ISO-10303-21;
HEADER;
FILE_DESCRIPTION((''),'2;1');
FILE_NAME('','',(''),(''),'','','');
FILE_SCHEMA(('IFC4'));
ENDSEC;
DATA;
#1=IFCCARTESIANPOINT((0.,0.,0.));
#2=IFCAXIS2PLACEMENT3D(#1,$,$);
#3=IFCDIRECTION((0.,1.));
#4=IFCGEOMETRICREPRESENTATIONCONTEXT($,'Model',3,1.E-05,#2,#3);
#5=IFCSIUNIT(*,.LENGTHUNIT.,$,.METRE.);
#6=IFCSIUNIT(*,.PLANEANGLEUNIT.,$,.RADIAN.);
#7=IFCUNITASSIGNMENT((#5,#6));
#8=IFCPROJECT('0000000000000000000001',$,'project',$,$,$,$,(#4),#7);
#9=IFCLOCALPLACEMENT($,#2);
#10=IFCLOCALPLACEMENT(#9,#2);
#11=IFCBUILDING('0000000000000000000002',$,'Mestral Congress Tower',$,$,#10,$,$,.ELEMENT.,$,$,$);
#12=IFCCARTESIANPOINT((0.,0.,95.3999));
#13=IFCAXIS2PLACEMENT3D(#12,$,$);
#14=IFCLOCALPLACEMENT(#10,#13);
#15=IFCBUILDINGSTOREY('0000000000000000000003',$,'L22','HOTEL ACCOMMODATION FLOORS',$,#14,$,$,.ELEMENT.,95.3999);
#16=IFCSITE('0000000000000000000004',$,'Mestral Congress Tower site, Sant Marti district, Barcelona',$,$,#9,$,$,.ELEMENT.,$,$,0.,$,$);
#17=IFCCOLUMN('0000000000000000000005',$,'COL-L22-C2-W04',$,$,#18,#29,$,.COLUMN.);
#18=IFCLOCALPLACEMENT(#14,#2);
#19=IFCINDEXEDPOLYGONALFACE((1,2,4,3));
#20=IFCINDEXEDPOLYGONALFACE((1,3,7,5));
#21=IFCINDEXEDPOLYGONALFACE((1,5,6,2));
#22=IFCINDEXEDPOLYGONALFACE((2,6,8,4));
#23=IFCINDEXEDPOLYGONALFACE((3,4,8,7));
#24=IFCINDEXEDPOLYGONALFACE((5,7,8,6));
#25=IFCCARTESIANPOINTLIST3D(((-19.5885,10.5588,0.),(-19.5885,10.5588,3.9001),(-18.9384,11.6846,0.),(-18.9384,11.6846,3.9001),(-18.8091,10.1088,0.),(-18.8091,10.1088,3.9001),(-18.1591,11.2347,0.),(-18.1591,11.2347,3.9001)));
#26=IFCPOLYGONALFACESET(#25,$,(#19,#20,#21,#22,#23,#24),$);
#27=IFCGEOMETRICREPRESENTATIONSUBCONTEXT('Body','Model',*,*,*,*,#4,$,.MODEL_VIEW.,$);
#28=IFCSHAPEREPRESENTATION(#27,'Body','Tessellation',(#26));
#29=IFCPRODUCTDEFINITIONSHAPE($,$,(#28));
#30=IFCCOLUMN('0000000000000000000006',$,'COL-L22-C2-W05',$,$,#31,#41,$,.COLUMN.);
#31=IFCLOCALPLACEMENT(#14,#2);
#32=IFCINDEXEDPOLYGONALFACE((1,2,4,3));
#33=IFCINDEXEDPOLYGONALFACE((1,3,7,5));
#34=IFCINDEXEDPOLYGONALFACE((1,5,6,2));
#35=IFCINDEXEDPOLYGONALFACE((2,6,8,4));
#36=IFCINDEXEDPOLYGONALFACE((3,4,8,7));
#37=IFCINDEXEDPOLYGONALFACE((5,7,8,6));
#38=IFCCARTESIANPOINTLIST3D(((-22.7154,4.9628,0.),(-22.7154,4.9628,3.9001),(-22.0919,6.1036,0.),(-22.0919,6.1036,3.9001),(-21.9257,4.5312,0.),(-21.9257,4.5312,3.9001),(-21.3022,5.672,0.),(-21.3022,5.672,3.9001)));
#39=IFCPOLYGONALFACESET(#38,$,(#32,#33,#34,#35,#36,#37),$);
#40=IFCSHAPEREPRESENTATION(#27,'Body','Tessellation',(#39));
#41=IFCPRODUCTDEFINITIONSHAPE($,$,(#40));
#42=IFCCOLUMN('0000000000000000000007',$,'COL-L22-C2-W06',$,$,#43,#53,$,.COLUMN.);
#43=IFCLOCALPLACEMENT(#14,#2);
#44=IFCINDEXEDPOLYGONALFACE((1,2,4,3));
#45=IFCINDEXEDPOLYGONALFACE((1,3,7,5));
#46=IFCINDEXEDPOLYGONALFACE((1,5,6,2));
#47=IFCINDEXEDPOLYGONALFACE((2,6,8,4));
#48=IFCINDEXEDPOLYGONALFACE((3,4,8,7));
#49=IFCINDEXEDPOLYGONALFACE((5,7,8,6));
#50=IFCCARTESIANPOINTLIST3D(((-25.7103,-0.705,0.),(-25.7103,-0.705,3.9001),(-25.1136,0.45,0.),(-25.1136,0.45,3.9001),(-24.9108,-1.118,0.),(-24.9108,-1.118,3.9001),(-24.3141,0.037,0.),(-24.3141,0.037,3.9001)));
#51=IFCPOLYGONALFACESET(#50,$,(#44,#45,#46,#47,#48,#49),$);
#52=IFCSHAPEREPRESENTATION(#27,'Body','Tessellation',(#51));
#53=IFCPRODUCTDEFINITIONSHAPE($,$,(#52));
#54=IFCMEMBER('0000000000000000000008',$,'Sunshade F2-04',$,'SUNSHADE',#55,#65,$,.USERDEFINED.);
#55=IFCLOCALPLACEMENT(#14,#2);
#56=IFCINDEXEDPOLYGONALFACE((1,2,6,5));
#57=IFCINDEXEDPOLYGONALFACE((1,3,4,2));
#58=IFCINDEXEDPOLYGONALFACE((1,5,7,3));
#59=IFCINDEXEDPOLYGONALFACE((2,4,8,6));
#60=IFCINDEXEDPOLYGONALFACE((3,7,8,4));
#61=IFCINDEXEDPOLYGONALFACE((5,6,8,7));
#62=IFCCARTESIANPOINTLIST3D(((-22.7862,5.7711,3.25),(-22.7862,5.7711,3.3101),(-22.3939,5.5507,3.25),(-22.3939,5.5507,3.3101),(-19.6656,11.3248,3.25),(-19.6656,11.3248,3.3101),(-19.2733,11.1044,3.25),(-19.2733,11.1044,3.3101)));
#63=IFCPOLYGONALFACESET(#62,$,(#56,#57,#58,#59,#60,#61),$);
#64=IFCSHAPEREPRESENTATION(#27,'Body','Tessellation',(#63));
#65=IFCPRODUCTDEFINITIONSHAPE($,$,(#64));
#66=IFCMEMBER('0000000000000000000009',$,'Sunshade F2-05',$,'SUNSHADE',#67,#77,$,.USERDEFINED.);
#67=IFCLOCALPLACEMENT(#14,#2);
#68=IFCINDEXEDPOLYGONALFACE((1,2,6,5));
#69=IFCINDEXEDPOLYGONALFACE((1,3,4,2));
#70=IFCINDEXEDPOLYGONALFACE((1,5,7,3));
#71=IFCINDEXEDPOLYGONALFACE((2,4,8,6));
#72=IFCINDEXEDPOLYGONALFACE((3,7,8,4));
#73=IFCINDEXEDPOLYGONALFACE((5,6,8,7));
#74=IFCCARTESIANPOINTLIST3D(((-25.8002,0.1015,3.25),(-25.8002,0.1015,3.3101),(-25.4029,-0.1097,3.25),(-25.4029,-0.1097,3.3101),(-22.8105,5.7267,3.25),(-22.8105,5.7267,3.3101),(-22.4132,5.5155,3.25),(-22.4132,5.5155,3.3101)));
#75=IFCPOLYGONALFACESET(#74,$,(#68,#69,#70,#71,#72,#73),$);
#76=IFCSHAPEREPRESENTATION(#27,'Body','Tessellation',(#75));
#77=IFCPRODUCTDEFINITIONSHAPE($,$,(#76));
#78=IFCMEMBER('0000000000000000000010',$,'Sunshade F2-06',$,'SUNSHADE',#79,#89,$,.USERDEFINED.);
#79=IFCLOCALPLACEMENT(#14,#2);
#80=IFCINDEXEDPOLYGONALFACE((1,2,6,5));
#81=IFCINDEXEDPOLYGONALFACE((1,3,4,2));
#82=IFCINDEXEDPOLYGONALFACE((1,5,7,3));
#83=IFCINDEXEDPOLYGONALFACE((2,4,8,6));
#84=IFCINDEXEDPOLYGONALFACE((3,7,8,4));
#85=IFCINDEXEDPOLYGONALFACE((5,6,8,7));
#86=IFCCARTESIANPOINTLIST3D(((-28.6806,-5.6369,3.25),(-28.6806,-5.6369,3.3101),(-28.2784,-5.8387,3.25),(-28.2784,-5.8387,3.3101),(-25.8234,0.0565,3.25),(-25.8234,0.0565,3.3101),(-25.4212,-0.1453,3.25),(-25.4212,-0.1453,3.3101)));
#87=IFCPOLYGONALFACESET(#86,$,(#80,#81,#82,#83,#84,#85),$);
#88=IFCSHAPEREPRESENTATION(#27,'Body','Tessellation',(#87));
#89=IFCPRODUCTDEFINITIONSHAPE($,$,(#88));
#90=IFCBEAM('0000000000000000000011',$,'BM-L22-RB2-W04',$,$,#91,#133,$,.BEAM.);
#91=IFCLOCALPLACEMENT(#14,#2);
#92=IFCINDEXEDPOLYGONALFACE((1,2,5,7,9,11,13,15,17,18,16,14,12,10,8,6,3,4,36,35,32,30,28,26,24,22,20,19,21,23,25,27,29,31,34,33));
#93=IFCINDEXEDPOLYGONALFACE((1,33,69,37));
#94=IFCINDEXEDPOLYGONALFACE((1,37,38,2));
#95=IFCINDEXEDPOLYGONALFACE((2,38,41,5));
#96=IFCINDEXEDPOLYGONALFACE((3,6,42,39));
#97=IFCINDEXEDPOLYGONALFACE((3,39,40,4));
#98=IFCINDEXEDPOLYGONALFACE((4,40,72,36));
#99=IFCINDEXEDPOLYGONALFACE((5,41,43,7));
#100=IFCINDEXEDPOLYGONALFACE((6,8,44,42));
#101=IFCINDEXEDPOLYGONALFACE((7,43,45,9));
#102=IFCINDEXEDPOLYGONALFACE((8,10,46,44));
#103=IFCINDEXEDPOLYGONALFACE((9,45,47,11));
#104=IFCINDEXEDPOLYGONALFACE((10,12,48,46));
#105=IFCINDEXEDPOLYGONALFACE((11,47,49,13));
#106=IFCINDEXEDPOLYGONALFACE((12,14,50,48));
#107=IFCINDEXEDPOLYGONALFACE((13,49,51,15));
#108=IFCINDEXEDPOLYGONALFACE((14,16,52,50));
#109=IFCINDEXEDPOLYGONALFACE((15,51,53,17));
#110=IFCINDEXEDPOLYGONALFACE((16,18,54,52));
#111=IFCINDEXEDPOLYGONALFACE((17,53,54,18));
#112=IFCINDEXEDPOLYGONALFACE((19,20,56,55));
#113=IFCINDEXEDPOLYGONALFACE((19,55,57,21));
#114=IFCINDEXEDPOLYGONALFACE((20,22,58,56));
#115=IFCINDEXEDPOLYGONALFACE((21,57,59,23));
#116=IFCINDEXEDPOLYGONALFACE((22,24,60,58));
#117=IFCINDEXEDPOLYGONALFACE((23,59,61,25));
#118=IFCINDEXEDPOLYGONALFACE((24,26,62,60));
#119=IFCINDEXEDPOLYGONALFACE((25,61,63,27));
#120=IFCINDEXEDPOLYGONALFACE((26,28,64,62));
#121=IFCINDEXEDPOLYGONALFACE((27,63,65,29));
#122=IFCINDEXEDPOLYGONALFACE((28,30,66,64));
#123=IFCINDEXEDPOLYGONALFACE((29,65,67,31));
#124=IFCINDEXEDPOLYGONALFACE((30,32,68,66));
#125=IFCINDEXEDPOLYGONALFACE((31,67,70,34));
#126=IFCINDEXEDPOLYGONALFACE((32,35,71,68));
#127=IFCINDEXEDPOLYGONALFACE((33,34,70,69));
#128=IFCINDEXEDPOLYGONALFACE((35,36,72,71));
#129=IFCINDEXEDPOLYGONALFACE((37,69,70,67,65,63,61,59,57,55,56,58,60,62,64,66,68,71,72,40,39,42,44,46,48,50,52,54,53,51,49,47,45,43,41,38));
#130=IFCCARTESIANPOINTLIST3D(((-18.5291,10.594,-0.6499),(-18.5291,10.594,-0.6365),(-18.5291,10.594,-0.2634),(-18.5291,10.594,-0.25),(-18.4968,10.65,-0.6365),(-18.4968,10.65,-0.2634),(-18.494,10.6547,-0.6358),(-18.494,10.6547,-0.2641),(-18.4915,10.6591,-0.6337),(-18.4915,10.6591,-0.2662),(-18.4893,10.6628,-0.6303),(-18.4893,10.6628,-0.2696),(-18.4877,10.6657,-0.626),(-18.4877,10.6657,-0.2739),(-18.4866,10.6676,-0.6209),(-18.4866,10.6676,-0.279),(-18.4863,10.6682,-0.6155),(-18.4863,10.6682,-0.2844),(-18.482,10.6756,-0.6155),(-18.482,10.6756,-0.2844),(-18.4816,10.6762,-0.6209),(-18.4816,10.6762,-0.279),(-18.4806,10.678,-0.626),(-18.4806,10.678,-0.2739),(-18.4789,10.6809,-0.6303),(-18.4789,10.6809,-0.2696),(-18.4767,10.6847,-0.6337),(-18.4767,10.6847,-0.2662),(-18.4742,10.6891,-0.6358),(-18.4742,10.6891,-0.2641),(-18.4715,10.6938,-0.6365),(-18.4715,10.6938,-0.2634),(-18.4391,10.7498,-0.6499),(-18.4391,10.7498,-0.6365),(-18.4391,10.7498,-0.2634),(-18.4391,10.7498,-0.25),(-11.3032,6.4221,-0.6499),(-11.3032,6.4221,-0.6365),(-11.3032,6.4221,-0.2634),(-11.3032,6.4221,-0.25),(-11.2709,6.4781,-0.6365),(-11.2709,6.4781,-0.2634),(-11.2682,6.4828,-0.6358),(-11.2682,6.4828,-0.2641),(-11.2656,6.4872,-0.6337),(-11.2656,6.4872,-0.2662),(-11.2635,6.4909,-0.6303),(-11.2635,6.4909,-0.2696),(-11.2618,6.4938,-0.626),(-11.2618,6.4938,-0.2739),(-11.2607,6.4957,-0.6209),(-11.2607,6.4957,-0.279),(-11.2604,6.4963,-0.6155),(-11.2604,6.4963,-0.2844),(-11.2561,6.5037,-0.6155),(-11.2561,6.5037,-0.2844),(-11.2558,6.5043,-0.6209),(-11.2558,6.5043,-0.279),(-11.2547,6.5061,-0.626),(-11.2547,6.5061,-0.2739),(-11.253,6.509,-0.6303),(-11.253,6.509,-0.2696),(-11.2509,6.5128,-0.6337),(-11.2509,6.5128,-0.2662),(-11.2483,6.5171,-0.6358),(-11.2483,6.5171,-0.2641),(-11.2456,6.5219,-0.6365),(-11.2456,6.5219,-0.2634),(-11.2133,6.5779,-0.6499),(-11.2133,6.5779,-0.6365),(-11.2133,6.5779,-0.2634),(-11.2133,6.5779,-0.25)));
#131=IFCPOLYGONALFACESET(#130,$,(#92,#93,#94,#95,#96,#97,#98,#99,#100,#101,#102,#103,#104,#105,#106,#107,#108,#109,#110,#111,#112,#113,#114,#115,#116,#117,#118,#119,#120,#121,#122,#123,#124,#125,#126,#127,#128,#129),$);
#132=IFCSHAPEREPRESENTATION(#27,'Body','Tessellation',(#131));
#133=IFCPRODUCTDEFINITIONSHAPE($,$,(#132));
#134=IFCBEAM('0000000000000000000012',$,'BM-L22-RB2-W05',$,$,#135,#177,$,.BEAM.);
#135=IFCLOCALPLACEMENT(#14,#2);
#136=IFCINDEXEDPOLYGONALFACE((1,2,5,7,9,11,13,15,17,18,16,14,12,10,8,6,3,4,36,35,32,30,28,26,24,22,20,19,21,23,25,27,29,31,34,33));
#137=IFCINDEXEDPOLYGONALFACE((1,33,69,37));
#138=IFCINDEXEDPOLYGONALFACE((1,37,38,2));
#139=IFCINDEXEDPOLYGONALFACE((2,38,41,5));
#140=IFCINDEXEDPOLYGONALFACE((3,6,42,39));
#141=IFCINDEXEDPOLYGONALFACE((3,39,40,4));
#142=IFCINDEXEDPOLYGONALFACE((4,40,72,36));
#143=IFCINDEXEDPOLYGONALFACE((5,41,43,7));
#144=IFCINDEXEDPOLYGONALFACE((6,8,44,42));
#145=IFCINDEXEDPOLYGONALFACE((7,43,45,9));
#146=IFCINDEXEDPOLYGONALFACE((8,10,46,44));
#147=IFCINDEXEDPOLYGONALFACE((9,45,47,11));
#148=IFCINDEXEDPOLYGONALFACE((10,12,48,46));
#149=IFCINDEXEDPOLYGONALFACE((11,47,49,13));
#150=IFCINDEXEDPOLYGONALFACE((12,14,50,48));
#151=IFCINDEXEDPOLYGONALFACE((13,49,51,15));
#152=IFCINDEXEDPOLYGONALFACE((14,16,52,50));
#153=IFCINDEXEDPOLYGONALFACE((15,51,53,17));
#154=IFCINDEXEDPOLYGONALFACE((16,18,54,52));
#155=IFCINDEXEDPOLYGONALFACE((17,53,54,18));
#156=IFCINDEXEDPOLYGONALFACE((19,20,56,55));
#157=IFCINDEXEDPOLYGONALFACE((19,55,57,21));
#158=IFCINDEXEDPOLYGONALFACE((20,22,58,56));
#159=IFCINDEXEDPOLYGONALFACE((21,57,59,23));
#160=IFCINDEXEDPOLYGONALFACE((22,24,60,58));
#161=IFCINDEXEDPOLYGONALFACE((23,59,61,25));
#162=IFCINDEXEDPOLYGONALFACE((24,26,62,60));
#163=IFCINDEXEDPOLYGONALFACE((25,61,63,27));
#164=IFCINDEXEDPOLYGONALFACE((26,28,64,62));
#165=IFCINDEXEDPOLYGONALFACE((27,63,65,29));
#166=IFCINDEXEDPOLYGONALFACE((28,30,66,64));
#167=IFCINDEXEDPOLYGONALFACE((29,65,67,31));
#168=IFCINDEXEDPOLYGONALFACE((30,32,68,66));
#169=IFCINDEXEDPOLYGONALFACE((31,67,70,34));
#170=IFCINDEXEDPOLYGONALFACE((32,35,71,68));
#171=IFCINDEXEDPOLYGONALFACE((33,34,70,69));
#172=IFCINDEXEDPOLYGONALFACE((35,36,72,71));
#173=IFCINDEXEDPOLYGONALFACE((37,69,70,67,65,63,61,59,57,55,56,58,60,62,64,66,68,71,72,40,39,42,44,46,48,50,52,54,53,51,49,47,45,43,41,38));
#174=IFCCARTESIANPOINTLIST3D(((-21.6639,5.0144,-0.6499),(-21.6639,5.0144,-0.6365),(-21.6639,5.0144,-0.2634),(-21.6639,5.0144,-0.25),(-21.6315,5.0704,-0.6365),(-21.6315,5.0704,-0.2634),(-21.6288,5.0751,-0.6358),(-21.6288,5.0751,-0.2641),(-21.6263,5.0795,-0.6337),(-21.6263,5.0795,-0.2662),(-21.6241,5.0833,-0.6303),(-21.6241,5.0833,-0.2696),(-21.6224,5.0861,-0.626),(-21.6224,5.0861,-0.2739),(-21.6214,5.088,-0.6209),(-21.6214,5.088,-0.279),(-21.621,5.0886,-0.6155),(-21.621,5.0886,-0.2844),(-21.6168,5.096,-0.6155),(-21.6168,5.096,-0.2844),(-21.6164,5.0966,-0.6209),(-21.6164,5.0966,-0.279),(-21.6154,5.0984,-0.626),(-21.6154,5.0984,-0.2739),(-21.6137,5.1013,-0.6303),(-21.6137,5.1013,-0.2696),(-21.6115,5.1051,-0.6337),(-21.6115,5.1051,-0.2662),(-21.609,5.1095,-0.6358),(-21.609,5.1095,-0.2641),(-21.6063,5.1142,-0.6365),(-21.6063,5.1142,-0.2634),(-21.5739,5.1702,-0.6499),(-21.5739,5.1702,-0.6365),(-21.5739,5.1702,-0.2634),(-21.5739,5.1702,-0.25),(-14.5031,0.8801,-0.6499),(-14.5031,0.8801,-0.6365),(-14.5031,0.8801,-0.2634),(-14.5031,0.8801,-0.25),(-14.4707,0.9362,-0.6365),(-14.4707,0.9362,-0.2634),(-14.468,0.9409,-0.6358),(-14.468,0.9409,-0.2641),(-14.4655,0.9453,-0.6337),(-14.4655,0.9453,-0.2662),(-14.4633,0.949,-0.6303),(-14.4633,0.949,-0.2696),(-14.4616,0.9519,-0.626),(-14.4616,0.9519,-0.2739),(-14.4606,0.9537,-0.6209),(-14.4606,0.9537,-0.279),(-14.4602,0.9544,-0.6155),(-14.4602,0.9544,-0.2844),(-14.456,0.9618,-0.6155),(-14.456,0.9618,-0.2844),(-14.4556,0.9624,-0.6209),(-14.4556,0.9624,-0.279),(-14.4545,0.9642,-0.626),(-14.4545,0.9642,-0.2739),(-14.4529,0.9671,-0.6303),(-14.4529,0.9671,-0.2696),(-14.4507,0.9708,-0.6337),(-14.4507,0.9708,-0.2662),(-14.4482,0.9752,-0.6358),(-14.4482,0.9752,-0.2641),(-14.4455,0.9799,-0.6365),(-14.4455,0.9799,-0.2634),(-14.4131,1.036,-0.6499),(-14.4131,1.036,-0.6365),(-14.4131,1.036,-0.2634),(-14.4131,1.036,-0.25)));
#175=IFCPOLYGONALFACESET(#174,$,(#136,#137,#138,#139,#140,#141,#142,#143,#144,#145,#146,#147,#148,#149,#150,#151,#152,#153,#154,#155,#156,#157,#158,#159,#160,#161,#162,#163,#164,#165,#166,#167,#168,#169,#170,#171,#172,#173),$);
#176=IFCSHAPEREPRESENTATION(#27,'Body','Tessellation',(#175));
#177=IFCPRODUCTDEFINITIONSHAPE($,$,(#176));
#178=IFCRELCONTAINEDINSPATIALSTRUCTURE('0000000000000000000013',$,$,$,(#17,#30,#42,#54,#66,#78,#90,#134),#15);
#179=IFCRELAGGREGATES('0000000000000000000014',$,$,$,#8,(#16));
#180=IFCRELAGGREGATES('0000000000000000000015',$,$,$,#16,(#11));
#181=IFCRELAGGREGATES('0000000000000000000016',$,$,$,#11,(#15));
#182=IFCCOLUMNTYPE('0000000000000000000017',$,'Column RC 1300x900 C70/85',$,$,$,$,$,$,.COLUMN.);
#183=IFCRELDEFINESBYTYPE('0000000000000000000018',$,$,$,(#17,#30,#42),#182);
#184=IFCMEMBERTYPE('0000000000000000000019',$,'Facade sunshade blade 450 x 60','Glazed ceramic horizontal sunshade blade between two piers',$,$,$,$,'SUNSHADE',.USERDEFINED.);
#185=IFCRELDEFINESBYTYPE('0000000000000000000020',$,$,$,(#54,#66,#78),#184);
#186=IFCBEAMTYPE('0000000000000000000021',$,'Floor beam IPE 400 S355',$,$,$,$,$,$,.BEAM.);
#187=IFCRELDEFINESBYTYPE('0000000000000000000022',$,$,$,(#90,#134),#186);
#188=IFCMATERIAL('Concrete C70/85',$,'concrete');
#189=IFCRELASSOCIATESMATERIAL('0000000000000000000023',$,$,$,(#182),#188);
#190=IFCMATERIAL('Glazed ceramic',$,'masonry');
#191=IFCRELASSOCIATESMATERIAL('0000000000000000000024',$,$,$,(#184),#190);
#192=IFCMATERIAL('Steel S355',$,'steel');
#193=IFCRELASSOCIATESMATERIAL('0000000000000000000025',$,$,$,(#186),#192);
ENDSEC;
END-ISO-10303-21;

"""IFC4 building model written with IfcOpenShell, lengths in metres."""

from ifc_helpers import new_model, si_unit, direction, frame, origin, origin_2d, place, context, subcontext, project, spatial, rectangle, i_section, extrude, material, material_profile, profile_set, type_object, element, save


model = new_model("IFC4")

# Units and contexts
model_context = context("Model", 3, precision=1e-05, world=origin(), true_north=direction((0.0, 1.0)))
body_context = subcontext(model_context, "Body", "Model", "MODEL_VIEW")
ifc_project = project(units=[si_unit("LENGTHUNIT", "METRE"), si_unit("PLANEANGLEUNIT", "RADIAN")], contexts=[model_context])

# Site, building, storey
site_placement = place(None, origin())
site = spatial("IfcSite", under=ifc_project, at=site_placement, Name="Mestral Congress Tower site, Sant Marti district, Barcelona", CompositionType="ELEMENT", RefElevation=0.0)
building_placement = place(site_placement, origin())
building = spatial("IfcBuilding", under=site, at=building_placement, Name="Mestral Congress Tower", CompositionType="ELEMENT")
storey_placement = place(building_placement, frame((0.0, 0.0, 95.3999)))
storey = spatial("IfcBuildingStorey", under=building, at=storey_placement, Name="L22", Description="HOTEL ACCOMMODATION FLOORS", CompositionType="ELEMENT", Elevation=95.3999)

# Columns
ifc_material_1 = material(Name="Concrete C70/85", Category="concrete")
ifc_material_profile_1 = material_profile(ifc_material_1, rectangle(XDim=1.3, YDim=0.8999, at=origin_2d()), Name="RC 1300x900")
ifc_profile_set_1 = profile_set([ifc_material_profile_1], Name="Concrete C70/85")
column_type = type_object("IfcColumnType", Name="Column RC 1300x900 C70/85", PredefinedType="COLUMN", material=ifc_profile_set_1)
for number, where, z_axis, x_axis, name in (
    (1, (-18.8738, 10.8967, 0.0), (0.0, 0.0, 1.0), (-0.5, -0.866025, 0.0), "COL-L22-C2-W04"),
    (2, (-22.0088, 5.3174, 0.0), (0.0, 0.0, 1.0), (-0.479613, -0.87748, 0.0), "COL-L22-C2-W05"),
    (3, (-25.0122, -0.334, 0.0), (0.0, 0.0, 1.0), (-0.458961, -0.888456, 0.0), "COL-L22-C2-W06"),
):
    element("IfcColumn", number, at=place(storey_placement, frame(where, z_axis=z_axis, x_axis=x_axis)), inside=storey, type_object=column_type, Name=name, PredefinedType="COLUMN", context=body_context, shape_type="SweptSolid", body=[
        extrude(rectangle(XDim=1.3, YDim=0.8999, at=origin_2d()), origin(), (0.0, 0.0, 1.0), 3.9001),
    ])

# Members
ifc_material_2 = material(Name="Glazed ceramic", Category="masonry")
ifc_material_profile_2 = material_profile(ifc_material_2, rectangle(XDim=0.45, YDim=0.0601, at=origin_2d()), Name="Ceramic blade 450 x 60")
ifc_profile_set_2 = profile_set([ifc_material_profile_2], Name="Glazed ceramic")
member_type = type_object("IfcMemberType", Name="Facade sunshade blade 450 x 60", Description="Glazed ceramic horizontal sunshade blade between two piers", ElementType="SUNSHADE", PredefinedType="USERDEFINED", material=ifc_profile_set_2)
for number, where, z_axis, x_axis, name in (
    (4, (-19.4695, 11.2146, 3.28), (-0.489861, -0.871801, 0.0), (0.871801, -0.489861, 0.0), "Sunshade F2-04"),
    (5, (-22.6118, 5.6211, 3.28), (-0.469319, -0.883029, 0.0), (0.883029, -0.469319, 0.0), "Sunshade F2-05"),
):
    element("IfcMember", number, at=place(storey_placement, frame(where, z_axis=z_axis, x_axis=x_axis)), inside=storey, type_object=member_type, Name=name, ObjectType="SUNSHADE", PredefinedType="USERDEFINED", context=body_context, shape_type="SweptSolid", body=[
        extrude(rectangle(XDim=0.45, YDim=0.0601, at=origin_2d()), origin(), (0.0, 0.0, 1.0), 6.3704),
    ])
member_placement = place(storey_placement, frame((-25.6223, -0.0444, 3.28), z_axis=(-0.448532, -0.893767, 0.0), x_axis=(0.893767, -0.448532, 0.0)))
element("IfcMember", 6, at=member_placement, inside=storey, type_object=member_type, Name="Sunshade F2-06", ObjectType="SUNSHADE", PredefinedType="USERDEFINED", context=body_context, shape_type="SweptSolid", body=[
    extrude(rectangle(XDim=0.45, YDim=0.0601, at=origin_2d()), origin(), (0.0, 0.0, 1.0), 6.3701),
])

# Beams
ifc_material_3 = material(Name="Steel S355", Category="steel")
ifc_material_profile_3 = material_profile(ifc_material_3, i_section(OverallWidth=0.1799, OverallDepth=0.3999, WebThickness=0.0085, FlangeThickness=0.0134, FilletRadius=0.021, at=origin_2d()), Name="IPE 400")
ifc_profile_set_3 = profile_set([ifc_material_profile_3], Name="Steel S355")
beam_type_1 = type_object("IfcBeamType", Name="Floor beam IPE 400 S355", PredefinedType="BEAM", material=ifc_profile_set_3)
beam_1_placement = place(storey_placement, frame((-18.4841, 10.6719, -0.45), z_axis=(0.866023, -0.500004, 0.0), x_axis=(0.500004, 0.866023, 0.0)))
element("IfcBeam", 7, at=beam_1_placement, inside=storey, type_object=beam_type_1, Name="BM-L22-RB2-W04", PredefinedType="BEAM", context=body_context, shape_type="SweptSolid", body=[
    extrude(i_section(OverallWidth=0.1799, OverallDepth=0.3999, WebThickness=0.0085, FlangeThickness=0.0134, FilletRadius=0.021, at=origin_2d()), origin(), (0.0, 0.0, 1.0), 8.3438),
])
beam_2_placement = place(storey_placement, frame((-21.6189, 5.0923, -0.45), z_axis=(0.866029, -0.499994, 0.0), x_axis=(0.499994, 0.866029, 0.0)))
element("IfcBeam", 8, at=beam_2_placement, inside=storey, type_object=beam_type_1, Name="BM-L22-RB2-W05", PredefinedType="BEAM", context=body_context, shape_type="SweptSolid", body=[
    extrude(i_section(OverallWidth=0.1799, OverallDepth=0.3999, WebThickness=0.0085, FlangeThickness=0.0134, FilletRadius=0.021, at=origin_2d()), origin(), (0.0, 0.0, 1.0), 8.2686),
])

save(model, "model.ifc")
